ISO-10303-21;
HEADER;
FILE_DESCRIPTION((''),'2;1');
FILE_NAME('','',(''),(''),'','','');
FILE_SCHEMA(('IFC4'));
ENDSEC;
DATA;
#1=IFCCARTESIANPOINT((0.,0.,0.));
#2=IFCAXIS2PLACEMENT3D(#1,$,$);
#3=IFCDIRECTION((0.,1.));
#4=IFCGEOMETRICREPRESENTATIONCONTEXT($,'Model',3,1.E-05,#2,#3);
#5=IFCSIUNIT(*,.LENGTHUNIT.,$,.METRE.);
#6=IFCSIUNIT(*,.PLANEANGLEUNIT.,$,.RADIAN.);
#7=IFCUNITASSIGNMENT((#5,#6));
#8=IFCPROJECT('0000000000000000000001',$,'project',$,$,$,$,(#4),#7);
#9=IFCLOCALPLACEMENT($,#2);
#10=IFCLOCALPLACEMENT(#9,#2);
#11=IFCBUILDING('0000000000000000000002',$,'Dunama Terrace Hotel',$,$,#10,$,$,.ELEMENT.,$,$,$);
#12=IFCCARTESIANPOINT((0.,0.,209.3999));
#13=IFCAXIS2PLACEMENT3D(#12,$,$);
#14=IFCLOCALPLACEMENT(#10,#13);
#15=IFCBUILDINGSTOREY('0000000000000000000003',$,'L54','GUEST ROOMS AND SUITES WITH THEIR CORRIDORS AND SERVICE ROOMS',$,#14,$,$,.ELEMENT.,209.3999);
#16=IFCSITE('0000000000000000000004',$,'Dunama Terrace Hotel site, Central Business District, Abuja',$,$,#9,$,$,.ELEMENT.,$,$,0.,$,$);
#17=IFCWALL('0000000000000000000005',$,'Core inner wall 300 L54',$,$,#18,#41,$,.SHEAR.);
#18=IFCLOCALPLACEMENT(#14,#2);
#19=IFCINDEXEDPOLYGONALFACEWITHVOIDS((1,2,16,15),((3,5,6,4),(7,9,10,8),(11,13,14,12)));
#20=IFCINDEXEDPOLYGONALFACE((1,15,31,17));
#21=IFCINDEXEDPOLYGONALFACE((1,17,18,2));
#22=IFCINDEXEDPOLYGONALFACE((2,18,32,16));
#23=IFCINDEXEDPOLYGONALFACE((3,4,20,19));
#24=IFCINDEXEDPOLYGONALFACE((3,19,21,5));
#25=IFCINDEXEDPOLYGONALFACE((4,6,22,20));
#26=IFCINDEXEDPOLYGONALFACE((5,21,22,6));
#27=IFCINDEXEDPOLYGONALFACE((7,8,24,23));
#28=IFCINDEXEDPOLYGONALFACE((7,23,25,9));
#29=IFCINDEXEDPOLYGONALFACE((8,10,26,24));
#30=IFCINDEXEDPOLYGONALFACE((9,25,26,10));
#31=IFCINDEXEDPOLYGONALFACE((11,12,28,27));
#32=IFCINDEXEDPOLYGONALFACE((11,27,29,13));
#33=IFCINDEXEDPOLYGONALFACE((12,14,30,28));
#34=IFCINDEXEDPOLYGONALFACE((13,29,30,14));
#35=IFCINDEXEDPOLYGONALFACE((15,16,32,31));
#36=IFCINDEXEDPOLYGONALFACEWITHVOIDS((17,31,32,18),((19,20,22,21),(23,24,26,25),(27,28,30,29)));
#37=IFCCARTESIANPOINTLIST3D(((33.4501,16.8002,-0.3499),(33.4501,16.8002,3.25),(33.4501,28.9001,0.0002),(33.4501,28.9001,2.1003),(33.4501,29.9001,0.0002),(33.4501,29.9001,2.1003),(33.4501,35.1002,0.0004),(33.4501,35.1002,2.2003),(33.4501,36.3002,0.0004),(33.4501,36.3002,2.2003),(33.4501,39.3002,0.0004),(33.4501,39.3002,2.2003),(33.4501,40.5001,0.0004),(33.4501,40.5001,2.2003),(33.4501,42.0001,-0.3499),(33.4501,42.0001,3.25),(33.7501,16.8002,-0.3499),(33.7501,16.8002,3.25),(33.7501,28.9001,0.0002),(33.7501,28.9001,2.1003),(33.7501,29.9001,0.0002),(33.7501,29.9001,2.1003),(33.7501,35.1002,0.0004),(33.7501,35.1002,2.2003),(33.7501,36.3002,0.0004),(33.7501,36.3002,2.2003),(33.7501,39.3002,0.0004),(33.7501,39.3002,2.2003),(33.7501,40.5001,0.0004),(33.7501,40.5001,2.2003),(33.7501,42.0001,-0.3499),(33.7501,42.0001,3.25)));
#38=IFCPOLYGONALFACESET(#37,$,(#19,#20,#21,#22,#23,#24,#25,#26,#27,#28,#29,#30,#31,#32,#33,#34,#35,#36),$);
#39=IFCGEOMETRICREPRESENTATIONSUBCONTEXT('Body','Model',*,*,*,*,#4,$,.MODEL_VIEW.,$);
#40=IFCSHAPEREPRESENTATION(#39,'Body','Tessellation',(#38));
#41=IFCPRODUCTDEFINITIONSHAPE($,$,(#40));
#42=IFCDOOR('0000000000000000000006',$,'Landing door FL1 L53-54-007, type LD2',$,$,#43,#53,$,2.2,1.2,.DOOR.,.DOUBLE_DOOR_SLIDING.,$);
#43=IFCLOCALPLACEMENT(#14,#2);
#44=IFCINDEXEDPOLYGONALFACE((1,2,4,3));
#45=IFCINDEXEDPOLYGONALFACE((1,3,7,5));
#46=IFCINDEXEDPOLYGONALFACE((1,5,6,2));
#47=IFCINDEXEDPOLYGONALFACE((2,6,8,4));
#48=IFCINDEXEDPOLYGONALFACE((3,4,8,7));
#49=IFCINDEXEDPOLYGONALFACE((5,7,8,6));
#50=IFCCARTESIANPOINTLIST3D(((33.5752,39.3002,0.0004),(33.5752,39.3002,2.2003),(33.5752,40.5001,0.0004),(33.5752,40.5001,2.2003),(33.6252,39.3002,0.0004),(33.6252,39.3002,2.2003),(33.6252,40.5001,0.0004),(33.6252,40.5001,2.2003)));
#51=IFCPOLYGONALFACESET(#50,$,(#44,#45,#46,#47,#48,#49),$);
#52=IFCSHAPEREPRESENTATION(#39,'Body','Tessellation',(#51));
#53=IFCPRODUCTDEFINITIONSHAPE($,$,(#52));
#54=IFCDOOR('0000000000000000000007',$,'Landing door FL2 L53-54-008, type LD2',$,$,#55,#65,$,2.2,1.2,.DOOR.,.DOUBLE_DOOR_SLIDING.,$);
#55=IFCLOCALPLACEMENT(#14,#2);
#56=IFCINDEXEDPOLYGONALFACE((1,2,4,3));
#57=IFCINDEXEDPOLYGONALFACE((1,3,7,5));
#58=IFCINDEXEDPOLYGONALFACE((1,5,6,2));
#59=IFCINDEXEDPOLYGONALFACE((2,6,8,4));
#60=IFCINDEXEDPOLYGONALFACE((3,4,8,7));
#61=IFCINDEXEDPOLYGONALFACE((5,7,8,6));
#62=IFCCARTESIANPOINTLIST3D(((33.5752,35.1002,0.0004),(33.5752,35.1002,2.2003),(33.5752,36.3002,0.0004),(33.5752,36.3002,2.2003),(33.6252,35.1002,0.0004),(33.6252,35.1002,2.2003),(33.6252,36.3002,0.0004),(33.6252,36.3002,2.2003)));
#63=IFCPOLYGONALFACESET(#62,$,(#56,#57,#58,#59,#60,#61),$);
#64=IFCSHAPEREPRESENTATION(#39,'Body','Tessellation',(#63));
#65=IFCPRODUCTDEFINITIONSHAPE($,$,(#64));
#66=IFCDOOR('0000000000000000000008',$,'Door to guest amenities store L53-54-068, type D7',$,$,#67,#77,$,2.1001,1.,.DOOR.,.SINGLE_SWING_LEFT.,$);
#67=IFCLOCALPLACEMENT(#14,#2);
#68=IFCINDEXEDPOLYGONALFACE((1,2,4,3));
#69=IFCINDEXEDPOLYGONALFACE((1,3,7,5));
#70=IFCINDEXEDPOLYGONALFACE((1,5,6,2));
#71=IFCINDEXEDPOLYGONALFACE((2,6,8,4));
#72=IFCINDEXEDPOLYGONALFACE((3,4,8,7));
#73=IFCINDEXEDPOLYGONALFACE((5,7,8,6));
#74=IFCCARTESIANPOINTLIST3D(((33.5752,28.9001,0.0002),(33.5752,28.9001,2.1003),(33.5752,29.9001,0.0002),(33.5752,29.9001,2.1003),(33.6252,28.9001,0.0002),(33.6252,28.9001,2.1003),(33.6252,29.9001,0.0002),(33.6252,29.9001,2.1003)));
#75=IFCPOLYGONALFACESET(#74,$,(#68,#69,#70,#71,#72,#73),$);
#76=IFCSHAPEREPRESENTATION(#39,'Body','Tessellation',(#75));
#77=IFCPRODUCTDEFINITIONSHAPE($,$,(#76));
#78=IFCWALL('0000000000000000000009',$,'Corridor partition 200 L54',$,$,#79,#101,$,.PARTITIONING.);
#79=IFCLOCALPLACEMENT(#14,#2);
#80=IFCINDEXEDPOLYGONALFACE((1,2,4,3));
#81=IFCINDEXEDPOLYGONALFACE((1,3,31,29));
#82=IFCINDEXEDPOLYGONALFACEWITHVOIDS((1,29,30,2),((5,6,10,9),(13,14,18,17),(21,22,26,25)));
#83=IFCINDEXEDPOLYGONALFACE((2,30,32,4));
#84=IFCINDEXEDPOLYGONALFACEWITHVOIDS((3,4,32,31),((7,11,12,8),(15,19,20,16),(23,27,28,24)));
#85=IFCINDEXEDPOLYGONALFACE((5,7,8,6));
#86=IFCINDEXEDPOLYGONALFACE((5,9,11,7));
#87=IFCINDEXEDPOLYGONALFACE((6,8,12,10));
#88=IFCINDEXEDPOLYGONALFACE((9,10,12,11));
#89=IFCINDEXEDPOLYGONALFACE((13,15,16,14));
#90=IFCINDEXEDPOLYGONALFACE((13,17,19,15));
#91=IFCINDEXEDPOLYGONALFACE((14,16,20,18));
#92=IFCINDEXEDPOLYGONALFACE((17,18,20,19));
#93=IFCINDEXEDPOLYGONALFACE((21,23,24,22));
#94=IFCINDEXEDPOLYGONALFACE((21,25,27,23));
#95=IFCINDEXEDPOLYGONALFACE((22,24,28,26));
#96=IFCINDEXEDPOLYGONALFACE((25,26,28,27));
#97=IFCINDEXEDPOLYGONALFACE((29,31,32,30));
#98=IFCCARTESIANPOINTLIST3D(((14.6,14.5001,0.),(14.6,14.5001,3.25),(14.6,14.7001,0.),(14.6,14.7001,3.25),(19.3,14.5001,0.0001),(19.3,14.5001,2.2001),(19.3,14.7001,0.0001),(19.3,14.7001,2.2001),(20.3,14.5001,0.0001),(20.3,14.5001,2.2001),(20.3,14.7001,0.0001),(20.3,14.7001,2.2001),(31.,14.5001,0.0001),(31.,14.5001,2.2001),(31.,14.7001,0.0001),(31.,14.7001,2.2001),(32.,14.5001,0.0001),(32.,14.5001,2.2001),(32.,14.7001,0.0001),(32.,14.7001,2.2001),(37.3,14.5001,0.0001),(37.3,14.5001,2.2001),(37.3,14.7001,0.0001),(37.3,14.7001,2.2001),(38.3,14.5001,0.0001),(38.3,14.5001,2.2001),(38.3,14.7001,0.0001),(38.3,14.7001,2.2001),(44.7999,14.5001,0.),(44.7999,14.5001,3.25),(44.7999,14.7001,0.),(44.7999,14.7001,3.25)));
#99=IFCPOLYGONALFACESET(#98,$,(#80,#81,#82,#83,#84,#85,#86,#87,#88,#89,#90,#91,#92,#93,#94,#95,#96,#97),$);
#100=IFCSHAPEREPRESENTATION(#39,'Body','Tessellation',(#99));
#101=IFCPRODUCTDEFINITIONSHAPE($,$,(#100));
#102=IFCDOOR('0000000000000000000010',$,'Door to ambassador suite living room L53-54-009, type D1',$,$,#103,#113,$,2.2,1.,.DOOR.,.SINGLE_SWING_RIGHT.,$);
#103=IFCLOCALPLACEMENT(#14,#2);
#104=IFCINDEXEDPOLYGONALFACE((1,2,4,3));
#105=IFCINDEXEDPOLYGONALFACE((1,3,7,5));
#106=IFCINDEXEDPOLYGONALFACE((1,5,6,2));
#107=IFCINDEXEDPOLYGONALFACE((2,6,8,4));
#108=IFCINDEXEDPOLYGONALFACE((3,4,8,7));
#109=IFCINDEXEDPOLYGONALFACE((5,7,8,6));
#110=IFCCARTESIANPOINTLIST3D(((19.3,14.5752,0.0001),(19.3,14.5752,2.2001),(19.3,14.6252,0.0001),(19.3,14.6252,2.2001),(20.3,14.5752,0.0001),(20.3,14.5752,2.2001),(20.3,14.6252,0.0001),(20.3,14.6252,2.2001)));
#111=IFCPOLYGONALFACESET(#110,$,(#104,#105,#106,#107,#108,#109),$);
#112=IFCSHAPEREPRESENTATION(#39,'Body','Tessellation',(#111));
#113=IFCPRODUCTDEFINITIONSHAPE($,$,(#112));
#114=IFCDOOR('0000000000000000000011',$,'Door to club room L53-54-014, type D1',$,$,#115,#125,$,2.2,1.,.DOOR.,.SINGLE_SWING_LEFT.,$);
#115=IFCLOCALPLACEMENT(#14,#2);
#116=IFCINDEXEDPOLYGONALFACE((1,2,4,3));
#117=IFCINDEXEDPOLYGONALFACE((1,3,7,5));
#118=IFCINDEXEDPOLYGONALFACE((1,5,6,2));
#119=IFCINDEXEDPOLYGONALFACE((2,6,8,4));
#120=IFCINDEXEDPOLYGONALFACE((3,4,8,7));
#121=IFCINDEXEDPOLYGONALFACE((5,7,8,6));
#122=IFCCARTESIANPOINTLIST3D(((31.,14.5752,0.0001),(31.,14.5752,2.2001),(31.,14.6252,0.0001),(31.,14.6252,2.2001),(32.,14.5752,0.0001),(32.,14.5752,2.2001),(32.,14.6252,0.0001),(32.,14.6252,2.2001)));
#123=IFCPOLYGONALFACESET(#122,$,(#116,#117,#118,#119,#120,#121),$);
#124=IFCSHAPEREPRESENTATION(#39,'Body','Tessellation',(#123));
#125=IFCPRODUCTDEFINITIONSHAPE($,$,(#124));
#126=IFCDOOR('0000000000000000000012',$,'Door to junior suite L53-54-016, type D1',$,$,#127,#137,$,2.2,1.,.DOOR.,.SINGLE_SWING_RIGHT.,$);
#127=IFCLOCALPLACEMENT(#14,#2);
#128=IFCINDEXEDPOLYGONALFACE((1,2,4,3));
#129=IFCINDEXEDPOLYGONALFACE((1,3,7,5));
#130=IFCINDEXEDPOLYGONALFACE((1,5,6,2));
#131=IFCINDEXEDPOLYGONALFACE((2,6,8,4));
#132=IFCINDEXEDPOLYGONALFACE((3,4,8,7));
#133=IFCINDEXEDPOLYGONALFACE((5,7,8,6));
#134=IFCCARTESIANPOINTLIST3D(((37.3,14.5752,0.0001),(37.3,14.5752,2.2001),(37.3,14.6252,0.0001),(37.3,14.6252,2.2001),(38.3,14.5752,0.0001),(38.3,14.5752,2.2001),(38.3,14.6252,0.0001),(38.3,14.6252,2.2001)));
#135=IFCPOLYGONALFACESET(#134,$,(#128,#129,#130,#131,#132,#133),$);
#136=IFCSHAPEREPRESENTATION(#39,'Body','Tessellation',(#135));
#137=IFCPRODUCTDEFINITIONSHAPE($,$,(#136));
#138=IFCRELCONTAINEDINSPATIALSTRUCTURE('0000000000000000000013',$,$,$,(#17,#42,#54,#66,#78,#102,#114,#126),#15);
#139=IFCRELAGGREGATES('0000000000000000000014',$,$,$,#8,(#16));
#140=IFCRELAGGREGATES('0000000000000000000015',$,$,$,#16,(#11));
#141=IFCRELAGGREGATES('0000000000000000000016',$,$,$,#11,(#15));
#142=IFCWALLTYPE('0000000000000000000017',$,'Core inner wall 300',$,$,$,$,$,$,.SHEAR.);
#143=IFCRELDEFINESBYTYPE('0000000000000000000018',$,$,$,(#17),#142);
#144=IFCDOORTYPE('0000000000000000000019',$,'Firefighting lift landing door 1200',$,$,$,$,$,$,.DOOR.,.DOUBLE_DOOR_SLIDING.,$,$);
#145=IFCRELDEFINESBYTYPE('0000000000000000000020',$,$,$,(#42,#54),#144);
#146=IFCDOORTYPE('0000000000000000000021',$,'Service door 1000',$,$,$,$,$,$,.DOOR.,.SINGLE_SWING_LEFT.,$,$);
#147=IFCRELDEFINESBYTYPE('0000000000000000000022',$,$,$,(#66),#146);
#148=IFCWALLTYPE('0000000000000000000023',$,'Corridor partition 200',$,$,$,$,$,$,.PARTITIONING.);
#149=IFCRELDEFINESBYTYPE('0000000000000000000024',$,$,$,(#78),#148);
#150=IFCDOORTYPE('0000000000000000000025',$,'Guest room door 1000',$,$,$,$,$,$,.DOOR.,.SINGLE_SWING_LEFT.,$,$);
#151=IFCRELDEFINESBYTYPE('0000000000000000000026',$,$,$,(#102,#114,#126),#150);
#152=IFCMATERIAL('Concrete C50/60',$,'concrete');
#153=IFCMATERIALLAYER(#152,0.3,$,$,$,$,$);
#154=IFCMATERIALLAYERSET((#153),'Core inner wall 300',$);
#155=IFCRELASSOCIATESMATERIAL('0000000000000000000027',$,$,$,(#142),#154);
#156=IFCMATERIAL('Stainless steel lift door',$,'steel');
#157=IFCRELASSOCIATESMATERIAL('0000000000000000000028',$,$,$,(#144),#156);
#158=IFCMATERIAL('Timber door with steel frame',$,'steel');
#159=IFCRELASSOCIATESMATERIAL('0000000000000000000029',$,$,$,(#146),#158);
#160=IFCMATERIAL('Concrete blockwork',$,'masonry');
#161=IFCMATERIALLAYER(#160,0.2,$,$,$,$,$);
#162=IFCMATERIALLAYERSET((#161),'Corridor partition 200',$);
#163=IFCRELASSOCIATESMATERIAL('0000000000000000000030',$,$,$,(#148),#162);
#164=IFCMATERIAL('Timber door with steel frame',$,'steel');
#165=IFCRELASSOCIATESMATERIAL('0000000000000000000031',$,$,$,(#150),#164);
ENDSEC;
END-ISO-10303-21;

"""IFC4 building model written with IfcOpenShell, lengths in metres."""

from ifc_helpers import new_model, si_unit, direction, frame, frame_2d, origin, place, context, subcontext, project, spatial, rectangle, extrude, material, layer, layer_set, type_object, element, fill, save


model = new_model("IFC4")

# Units and contexts
model_context = context("Model", 3, precision=1e-05, world=origin(), true_north=direction((0.0, 1.0)))
body_context = subcontext(model_context, "Body", "Model", "MODEL_VIEW")
ifc_project = project(units=[si_unit("LENGTHUNIT", "METRE"), si_unit("PLANEANGLEUNIT", "RADIAN")], contexts=[model_context])

# Site, building, storey
site_placement = place(None, origin())
site = spatial("IfcSite", under=ifc_project, at=site_placement, Name="Dunama Terrace Hotel site, Central Business District, Abuja", CompositionType="ELEMENT", RefElevation=0.0)
building_placement = place(site_placement, origin())
building = spatial("IfcBuilding", under=site, at=building_placement, Name="Dunama Terrace Hotel", CompositionType="ELEMENT")
storey_placement = place(building_placement, frame((0.0, 0.0, 209.3999)))
storey = spatial("IfcBuildingStorey", under=building, at=storey_placement, Name="L54", Description="GUEST ROOMS AND SUITES WITH THEIR CORRIDORS AND SERVICE ROOMS", CompositionType="ELEMENT", Elevation=209.3999)

# Walls, openings, doors
ifc_material_1 = material(Name="Concrete C50/60", Category="concrete")
ifc_layer_1 = layer(ifc_material_1, 0.3)
ifc_layer_set_1 = layer_set([ifc_layer_1], Name="Core inner wall 300")
wall_type_1 = type_object("IfcWallType", Name="Core inner wall 300", PredefinedType="SHEAR", material=ifc_layer_set_1)
wall_1_placement = place(storey_placement, frame((33.6001, 16.8, -0.3499), z_axis=(0.0, 0.0, 1.0), x_axis=(0.0, 1.0, 0.0)))
wall_1 = element("IfcWall", 1, at=wall_1_placement, inside=storey, type_object=wall_type_1, Name="Core inner wall 300 L54", PredefinedType="SHEAR", context=body_context, shape_type="SweptSolid", body=[
    extrude(rectangle(XDim=25.2, YDim=0.3, at=frame_2d((12.6001, 0.0))), origin(), (0.0, 0.0, 1.0), 3.5999),
])
opening_1_placement = place(wall_1_placement, frame((22.5, 0.0, 0.3501)))
opening_1 = element("IfcOpeningElement", 2, at=opening_1_placement, cuts=wall_1, PredefinedType="OPENING", context=body_context, shape_type="SweptSolid", body=[
    extrude(rectangle(XDim=1.2, YDim=2.2, at=frame_2d((0.6001, 1.1001))), frame((0.0, 0.1599, 0.0), z_axis=(0.0, -1.0, 0.0), x_axis=(1.0, 0.0, 0.0)), (0.0, 0.0, 1.0), 0.3201),
])
opening_2_placement = place(wall_1_placement, frame((18.3, 0.0, 0.3501)))
opening_2 = element("IfcOpeningElement", 3, at=opening_2_placement, cuts=wall_1, PredefinedType="OPENING", context=body_context, shape_type="SweptSolid", body=[
    extrude(rectangle(XDim=1.2, YDim=2.2, at=frame_2d((0.6001, 1.1001))), frame((0.0, 0.1599, 0.0), z_axis=(0.0, -1.0, 0.0), x_axis=(1.0, 0.0, 0.0)), (0.0, 0.0, 1.0), 0.3201),
])
opening_3_placement = place(wall_1_placement, frame((12.1001, 0.0, 0.3501)))
opening_3 = element("IfcOpeningElement", 4, at=opening_3_placement, cuts=wall_1, PredefinedType="OPENING", context=body_context, shape_type="SweptSolid", body=[
    extrude(rectangle(XDim=1.0, YDim=2.1001, at=frame_2d((0.5, 1.05))), frame((0.0, 0.1599, 0.0), z_axis=(0.0, -1.0, 0.0), x_axis=(1.0, 0.0, 0.0)), (0.0, 0.0, 1.0), 0.3201),
])
ifc_material_2 = material(Name="Stainless steel lift door", Category="steel")
door_type_1 = type_object("IfcDoorType", Name="Firefighting lift landing door 1200", OperationType="DOUBLE_DOOR_SLIDING", PredefinedType="DOOR", material=ifc_material_2)
door_1_placement = place(opening_1_placement, origin())
door_1 = element("IfcDoor", 5, at=door_1_placement, inside=storey, type_object=door_type_1, Name="Landing door FL1 L53-54-007, type LD2", OperationType="DOUBLE_DOOR_SLIDING", OverallHeight=2.2, OverallWidth=1.2, PredefinedType="DOOR", context=body_context, shape_type="SweptSolid", body=[
    extrude(rectangle(XDim=1.2, YDim=2.2, at=frame_2d((0.6001, 1.1001))), frame((0.0, 0.0249, 0.0), z_axis=(0.0, -1.0, 0.0), x_axis=(1.0, 0.0, 0.0)), (0.0, 0.0, 1.0), 0.05),
])
fill(opening_1, door_1)
door_2_placement = place(opening_2_placement, origin())
door_2 = element("IfcDoor", 6, at=door_2_placement, inside=storey, type_object=door_type_1, Name="Landing door FL2 L53-54-008, type LD2", OperationType="DOUBLE_DOOR_SLIDING", OverallHeight=2.2, OverallWidth=1.2, PredefinedType="DOOR", context=body_context, shape_type="SweptSolid", body=[
    extrude(rectangle(XDim=1.2, YDim=2.2, at=frame_2d((0.6001, 1.1001))), frame((0.0, 0.0249, 0.0), z_axis=(0.0, -1.0, 0.0), x_axis=(1.0, 0.0, 0.0)), (0.0, 0.0, 1.0), 0.05),
])
fill(opening_2, door_2)
ifc_material_3 = material(Name="Timber door with steel frame", Category="steel")
door_type_2 = type_object("IfcDoorType", Name="Service door 1000", OperationType="SINGLE_SWING_LEFT", PredefinedType="DOOR", material=ifc_material_3)
door_3_placement = place(opening_3_placement, origin())
door_3 = element("IfcDoor", 7, at=door_3_placement, inside=storey, type_object=door_type_2, Name="Door to guest amenities store L53-54-068, type D7", OperationType="SINGLE_SWING_LEFT", OverallHeight=2.1001, OverallWidth=1.0, PredefinedType="DOOR", context=body_context, shape_type="SweptSolid", body=[
    extrude(rectangle(XDim=1.0, YDim=2.1001, at=frame_2d((0.5, 1.05))), frame((0.0, 0.0249, 0.0), z_axis=(0.0, -1.0, 0.0), x_axis=(1.0, 0.0, 0.0)), (0.0, 0.0, 1.0), 0.05),
])
fill(opening_3, door_3)
ifc_material_4 = material(Name="Concrete blockwork", Category="masonry")
ifc_layer_2 = layer(ifc_material_4, 0.2)
ifc_layer_set_2 = layer_set([ifc_layer_2], Name="Corridor partition 200")
wall_type_2 = type_object("IfcWallType", Name="Corridor partition 200", PredefinedType="PARTITIONING", material=ifc_layer_set_2)
wall_2_placement = place(storey_placement, frame((44.8, 14.6001, 0.0), z_axis=(0.0, 0.0, 1.0), x_axis=(-1.0, 0.0, 0.0)))
wall_2 = element("IfcWall", 8, at=wall_2_placement, inside=storey, type_object=wall_type_2, Name="Corridor partition 200 L54", PredefinedType="PARTITIONING", context=body_context, shape_type="SweptSolid", body=[
    extrude(rectangle(XDim=30.2, YDim=0.2, at=frame_2d((15.1001, 0.0))), origin(), (0.0, 0.0, 1.0), 3.25),
])
opening_4_placement = place(wall_2_placement, frame((24.5, 0.0, 0.0)))
opening_4 = element("IfcOpeningElement", 9, at=opening_4_placement, cuts=wall_2, PredefinedType="OPENING", context=body_context, shape_type="SweptSolid", body=[
    extrude(rectangle(XDim=1.0, YDim=2.2, at=frame_2d((0.5, 1.1001))), frame((0.0, 0.1099, 0.0), z_axis=(0.0, -1.0, 0.0), x_axis=(1.0, 0.0, 0.0)), (0.0, 0.0, 1.0), 0.22),
])
opening_5_placement = place(wall_2_placement, frame((12.8, 0.0, 0.0)))
opening_5 = element("IfcOpeningElement", 10, at=opening_5_placement, cuts=wall_2, PredefinedType="OPENING", context=body_context, shape_type="SweptSolid", body=[
    extrude(rectangle(XDim=1.0, YDim=2.2, at=frame_2d((0.5, 1.1001))), frame((0.0, 0.1099, 0.0), z_axis=(0.0, -1.0, 0.0), x_axis=(1.0, 0.0, 0.0)), (0.0, 0.0, 1.0), 0.22),
])
opening_6_placement = place(wall_2_placement, frame((6.5, 0.0, 0.0)))
opening_6 = element("IfcOpeningElement", 11, at=opening_6_placement, cuts=wall_2, PredefinedType="OPENING", context=body_context, shape_type="SweptSolid", body=[
    extrude(rectangle(XDim=1.0, YDim=2.2, at=frame_2d((0.5, 1.1001))), frame((0.0, 0.1099, 0.0), z_axis=(0.0, -1.0, 0.0), x_axis=(1.0, 0.0, 0.0)), (0.0, 0.0, 1.0), 0.22),
])
ifc_material_5 = material(Name="Timber door with steel frame", Category="steel")
door_type_3 = type_object("IfcDoorType", Name="Guest room door 1000", OperationType="SINGLE_SWING_LEFT", PredefinedType="DOOR", material=ifc_material_5)
door_4_placement = place(opening_4_placement, origin())
door_4 = element("IfcDoor", 12, at=door_4_placement, inside=storey, type_object=door_type_3, Name="Door to ambassador suite living room L53-54-009, type D1", OperationType="SINGLE_SWING_RIGHT", OverallHeight=2.2, OverallWidth=1.0, PredefinedType="DOOR", context=body_context, shape_type="SweptSolid", body=[
    extrude(rectangle(XDim=1.0, YDim=2.2, at=frame_2d((0.5, 1.1001))), frame((0.0, 0.0249, 0.0), z_axis=(0.0, -1.0, 0.0), x_axis=(1.0, 0.0, 0.0)), (0.0, 0.0, 1.0), 0.05),
])
fill(opening_4, door_4)
door_5_placement = place(opening_5_placement, origin())
door_5 = element("IfcDoor", 13, at=door_5_placement, inside=storey, type_object=door_type_3, Name="Door to club room L53-54-014, type D1", OperationType="SINGLE_SWING_LEFT", OverallHeight=2.2, OverallWidth=1.0, PredefinedType="DOOR", context=body_context, shape_type="SweptSolid", body=[
    extrude(rectangle(XDim=1.0, YDim=2.2, at=frame_2d((0.5, 1.1001))), frame((0.0, 0.0249, 0.0), z_axis=(0.0, -1.0, 0.0), x_axis=(1.0, 0.0, 0.0)), (0.0, 0.0, 1.0), 0.05),
])
fill(opening_5, door_5)
door_6_placement = place(opening_6_placement, origin())
door_6 = element("IfcDoor", 14, at=door_6_placement, inside=storey, type_object=door_type_3, Name="Door to junior suite L53-54-016, type D1", OperationType="SINGLE_SWING_RIGHT", OverallHeight=2.2, OverallWidth=1.0, PredefinedType="DOOR", context=body_context, shape_type="SweptSolid", body=[
    extrude(rectangle(XDim=1.0, YDim=2.2, at=frame_2d((0.5, 1.1001))), frame((0.0, 0.0249, 0.0), z_axis=(0.0, -1.0, 0.0), x_axis=(1.0, 0.0, 0.0)), (0.0, 0.0, 1.0), 0.05),
])
fill(opening_6, door_6)

save(model, "model.ifc")
